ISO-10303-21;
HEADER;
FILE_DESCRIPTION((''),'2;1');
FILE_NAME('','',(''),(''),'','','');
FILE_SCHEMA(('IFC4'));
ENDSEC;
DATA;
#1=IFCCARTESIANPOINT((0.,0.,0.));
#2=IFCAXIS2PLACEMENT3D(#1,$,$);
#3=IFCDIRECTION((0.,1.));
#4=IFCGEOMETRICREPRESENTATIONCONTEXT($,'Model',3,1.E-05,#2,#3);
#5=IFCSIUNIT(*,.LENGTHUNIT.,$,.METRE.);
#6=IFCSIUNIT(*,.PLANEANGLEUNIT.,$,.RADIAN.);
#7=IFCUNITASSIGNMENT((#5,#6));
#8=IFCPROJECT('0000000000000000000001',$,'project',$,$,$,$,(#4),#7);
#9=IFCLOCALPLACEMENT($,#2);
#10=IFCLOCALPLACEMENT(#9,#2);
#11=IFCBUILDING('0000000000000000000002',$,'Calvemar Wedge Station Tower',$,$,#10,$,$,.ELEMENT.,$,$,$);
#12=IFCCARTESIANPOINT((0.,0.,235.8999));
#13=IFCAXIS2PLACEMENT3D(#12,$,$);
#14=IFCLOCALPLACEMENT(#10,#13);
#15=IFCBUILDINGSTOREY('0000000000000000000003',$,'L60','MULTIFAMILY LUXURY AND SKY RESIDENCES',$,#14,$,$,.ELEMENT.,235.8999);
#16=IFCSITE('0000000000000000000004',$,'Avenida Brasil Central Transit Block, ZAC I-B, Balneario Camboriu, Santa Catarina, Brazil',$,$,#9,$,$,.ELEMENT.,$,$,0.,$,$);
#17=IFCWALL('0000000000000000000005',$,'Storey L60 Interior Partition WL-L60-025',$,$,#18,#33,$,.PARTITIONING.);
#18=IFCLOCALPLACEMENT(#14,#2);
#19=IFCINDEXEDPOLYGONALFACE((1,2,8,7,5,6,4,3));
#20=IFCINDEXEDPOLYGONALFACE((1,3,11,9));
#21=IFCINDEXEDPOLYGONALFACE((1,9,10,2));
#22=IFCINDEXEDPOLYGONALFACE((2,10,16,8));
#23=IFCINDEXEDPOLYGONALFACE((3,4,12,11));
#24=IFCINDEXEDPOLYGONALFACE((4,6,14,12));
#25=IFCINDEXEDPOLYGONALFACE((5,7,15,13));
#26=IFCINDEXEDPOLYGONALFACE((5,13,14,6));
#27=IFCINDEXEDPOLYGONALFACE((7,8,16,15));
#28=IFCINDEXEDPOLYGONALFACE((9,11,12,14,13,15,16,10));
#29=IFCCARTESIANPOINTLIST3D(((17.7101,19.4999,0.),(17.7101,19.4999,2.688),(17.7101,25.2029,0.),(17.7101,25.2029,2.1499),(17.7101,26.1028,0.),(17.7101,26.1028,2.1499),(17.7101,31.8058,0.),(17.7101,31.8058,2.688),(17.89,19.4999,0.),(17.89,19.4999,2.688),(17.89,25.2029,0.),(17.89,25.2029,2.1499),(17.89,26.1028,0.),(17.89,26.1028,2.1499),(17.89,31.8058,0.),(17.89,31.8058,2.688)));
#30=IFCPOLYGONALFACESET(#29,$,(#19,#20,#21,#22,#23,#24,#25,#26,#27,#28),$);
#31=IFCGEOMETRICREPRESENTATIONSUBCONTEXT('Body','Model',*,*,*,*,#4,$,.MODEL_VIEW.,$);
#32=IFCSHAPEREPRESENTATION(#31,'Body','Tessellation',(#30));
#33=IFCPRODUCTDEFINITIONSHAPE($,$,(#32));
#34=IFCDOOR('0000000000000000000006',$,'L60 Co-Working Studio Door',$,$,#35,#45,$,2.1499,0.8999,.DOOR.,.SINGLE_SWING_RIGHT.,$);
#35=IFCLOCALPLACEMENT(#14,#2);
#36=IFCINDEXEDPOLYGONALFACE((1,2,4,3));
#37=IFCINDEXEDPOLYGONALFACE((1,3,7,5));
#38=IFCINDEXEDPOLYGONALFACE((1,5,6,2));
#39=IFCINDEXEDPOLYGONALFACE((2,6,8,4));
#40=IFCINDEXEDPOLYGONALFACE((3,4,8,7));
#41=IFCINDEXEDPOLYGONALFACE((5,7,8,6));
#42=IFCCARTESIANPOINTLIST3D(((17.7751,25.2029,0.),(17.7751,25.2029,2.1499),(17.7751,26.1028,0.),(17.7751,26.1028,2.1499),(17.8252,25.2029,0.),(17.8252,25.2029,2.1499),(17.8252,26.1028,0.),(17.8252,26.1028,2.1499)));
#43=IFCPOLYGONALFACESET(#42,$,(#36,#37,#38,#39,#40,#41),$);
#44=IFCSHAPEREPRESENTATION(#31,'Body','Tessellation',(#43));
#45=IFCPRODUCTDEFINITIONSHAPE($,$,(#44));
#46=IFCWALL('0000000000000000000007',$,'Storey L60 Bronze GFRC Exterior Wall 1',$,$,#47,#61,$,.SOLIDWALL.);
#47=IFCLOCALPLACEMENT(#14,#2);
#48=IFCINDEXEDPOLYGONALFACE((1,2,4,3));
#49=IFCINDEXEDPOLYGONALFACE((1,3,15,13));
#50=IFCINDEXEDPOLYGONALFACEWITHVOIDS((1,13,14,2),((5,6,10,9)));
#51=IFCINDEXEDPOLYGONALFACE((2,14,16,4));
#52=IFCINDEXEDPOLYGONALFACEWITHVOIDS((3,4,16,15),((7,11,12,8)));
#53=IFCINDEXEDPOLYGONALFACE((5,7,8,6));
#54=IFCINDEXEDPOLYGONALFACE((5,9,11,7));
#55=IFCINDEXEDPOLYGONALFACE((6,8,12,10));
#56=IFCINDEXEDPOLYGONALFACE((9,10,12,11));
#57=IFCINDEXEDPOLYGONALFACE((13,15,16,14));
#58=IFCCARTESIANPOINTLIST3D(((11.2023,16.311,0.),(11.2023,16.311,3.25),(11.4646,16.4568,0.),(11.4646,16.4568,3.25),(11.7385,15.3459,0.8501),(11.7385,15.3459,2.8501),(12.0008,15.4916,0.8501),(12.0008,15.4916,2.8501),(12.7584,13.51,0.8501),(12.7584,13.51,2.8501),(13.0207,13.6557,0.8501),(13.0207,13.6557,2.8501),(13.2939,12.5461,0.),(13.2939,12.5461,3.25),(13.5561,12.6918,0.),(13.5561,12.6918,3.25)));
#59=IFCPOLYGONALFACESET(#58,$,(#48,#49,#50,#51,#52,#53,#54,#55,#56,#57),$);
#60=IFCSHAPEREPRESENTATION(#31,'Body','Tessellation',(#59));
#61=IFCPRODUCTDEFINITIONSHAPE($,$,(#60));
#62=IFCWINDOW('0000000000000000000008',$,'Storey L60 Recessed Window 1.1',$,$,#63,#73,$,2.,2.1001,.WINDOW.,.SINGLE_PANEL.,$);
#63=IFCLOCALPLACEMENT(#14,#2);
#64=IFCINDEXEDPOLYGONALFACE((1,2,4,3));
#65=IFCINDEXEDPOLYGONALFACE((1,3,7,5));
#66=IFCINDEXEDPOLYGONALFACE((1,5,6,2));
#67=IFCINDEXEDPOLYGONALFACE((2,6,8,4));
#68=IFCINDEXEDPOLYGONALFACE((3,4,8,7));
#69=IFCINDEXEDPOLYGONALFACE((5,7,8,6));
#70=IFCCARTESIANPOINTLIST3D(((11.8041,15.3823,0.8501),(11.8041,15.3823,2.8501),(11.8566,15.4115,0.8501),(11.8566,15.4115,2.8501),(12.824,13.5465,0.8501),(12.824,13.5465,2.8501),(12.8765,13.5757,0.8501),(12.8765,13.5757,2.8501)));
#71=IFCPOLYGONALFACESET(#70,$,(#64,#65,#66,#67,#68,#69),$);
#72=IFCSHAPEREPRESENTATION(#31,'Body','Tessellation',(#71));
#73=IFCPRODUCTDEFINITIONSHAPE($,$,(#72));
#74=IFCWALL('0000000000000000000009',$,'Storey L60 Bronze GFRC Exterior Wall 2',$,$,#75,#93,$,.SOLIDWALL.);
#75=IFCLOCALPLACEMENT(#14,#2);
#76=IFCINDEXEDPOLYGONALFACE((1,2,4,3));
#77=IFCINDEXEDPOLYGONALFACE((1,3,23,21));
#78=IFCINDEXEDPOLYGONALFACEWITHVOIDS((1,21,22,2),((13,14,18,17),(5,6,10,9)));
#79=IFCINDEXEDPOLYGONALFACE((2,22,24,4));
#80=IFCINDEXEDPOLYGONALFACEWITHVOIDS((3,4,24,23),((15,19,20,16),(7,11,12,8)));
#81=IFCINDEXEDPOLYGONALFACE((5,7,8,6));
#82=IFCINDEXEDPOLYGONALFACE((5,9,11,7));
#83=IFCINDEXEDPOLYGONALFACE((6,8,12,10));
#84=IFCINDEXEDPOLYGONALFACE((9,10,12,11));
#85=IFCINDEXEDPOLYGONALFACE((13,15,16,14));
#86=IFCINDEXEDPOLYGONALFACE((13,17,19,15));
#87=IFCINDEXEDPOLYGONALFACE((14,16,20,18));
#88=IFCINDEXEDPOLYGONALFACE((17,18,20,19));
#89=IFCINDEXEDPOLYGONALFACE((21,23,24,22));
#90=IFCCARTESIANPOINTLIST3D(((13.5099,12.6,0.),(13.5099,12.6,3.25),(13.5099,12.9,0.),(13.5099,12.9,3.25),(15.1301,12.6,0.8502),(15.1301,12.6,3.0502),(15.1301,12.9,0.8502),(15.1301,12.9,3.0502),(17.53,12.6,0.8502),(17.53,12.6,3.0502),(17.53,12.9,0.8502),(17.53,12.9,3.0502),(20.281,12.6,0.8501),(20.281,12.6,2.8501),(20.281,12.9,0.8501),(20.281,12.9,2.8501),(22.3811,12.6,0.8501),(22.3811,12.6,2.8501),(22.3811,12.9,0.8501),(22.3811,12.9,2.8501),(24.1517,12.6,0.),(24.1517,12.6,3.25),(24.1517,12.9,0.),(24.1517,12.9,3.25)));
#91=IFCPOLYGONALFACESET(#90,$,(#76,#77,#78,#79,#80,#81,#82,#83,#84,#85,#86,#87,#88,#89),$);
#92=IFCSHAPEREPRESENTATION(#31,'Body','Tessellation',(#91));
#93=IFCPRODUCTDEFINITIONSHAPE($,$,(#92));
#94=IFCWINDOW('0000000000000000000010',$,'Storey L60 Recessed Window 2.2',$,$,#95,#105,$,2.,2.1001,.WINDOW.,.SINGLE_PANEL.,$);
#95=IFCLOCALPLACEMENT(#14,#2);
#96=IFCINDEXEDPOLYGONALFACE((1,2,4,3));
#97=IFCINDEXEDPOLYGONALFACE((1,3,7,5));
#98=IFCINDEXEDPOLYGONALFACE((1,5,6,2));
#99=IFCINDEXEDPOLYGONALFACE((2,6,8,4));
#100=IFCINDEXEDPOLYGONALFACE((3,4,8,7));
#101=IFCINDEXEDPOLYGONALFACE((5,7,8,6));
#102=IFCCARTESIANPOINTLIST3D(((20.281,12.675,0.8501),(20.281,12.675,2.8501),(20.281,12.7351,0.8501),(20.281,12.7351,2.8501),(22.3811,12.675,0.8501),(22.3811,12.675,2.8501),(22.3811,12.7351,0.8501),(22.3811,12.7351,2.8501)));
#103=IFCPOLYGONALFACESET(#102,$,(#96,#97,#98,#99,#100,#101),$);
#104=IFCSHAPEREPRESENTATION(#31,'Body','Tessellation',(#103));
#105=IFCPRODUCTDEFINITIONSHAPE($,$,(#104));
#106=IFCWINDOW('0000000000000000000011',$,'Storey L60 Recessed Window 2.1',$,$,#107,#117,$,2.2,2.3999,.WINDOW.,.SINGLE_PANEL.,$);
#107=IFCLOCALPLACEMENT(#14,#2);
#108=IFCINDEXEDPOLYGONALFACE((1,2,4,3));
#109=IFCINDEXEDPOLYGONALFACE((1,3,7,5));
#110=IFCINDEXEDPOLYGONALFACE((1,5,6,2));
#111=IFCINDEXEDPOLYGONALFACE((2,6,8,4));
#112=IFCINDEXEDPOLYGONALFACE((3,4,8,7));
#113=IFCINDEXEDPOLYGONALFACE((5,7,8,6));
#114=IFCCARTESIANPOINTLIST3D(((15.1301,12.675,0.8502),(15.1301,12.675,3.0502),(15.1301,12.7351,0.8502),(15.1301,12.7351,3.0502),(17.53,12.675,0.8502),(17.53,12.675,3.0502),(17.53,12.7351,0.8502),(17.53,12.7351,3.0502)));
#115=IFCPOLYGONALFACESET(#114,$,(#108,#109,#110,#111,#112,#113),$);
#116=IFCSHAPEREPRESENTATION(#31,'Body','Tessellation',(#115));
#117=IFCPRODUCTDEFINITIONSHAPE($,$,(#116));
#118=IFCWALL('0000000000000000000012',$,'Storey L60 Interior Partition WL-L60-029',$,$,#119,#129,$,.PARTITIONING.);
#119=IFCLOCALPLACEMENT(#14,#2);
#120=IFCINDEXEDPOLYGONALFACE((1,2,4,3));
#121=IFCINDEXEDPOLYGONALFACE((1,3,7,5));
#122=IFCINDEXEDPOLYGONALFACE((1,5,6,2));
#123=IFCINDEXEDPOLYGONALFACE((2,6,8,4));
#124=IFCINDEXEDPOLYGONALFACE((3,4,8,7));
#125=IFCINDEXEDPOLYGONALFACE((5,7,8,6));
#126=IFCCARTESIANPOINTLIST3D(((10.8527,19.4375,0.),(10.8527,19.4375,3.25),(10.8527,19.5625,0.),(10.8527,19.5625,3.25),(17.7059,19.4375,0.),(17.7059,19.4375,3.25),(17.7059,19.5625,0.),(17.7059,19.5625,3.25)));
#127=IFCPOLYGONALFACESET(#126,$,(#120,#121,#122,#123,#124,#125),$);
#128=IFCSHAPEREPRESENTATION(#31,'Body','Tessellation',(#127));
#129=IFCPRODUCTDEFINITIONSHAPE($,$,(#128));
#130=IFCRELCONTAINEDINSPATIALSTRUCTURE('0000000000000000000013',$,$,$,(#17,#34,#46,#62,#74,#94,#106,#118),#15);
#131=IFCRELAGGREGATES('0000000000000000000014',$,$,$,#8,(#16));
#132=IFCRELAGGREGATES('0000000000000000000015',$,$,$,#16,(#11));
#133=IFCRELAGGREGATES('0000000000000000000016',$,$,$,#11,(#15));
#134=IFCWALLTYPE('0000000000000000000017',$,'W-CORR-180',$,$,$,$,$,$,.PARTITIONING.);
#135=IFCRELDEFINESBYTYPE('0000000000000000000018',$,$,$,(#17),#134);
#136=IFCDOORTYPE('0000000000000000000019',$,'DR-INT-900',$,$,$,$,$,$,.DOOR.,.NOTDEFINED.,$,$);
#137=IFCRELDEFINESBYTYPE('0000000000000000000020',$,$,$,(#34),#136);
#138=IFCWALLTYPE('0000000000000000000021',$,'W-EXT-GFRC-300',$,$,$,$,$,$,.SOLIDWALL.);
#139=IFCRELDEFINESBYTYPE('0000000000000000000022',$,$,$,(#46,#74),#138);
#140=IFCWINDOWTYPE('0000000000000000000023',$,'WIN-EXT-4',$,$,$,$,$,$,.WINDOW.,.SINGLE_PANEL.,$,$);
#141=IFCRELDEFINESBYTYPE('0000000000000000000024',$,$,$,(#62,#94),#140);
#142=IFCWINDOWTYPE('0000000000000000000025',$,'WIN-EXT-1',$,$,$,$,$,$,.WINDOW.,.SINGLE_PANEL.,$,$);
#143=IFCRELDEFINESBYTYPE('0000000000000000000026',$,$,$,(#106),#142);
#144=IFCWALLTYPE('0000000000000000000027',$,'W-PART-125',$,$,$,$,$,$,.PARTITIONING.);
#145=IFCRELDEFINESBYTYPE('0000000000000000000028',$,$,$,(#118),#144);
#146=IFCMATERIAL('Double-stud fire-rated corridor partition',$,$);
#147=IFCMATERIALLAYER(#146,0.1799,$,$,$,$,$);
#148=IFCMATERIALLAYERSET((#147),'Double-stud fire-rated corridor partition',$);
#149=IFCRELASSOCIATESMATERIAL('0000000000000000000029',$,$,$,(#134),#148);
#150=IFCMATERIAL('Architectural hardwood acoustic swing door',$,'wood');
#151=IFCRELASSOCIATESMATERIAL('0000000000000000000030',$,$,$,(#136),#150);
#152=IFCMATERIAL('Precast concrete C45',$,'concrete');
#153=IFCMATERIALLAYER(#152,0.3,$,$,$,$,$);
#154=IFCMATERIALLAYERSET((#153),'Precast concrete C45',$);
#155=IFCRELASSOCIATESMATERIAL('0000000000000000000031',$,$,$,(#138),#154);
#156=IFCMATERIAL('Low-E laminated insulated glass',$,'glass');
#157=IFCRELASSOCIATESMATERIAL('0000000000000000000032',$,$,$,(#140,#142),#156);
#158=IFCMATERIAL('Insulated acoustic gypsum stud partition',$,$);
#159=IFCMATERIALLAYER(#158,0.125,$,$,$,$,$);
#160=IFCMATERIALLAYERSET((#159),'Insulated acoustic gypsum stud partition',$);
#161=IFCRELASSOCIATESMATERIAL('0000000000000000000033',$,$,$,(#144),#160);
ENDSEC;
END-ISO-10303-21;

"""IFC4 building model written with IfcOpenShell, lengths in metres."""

from ifc_helpers import new_model, si_unit, direction, frame, frame_2d, origin, place, context, subcontext, project, spatial, rectangle, extrude, source, transform, mapped, material, layer, layer_set, type_object, element, fill, save


model = new_model("IFC4")

# Units and contexts
model_context = context("Model", 3, precision=1e-05, world=origin(), true_north=direction((0.0, 1.0)))
body_context = subcontext(model_context, "Body", "Model", "MODEL_VIEW")
ifc_project = project(units=[si_unit("LENGTHUNIT", "METRE"), si_unit("PLANEANGLEUNIT", "RADIAN")], contexts=[model_context])

# Site, building, storey
site_placement = place(None, origin())
site = spatial("IfcSite", under=ifc_project, at=site_placement, Name="Avenida Brasil Central Transit Block, ZAC I-B, Balneario Camboriu, Santa Catarina, Brazil", CompositionType="ELEMENT", RefElevation=0.0)
building_placement = place(site_placement, origin())
building = spatial("IfcBuilding", under=site, at=building_placement, Name="Calvemar Wedge Station Tower", CompositionType="ELEMENT")
storey_placement = place(building_placement, frame((0.0, 0.0, 235.8999)))
storey = spatial("IfcBuildingStorey", under=building, at=storey_placement, Name="L60", Description="MULTIFAMILY LUXURY AND SKY RESIDENCES", CompositionType="ELEMENT", Elevation=235.8999)

# Shared definitions
ifc_material_1 = material(Name="Precast concrete C45", Category="concrete")

# Wall, opening, door
ifc_material_2 = material(Name="Double-stud fire-rated corridor partition")
ifc_layer_1 = layer(ifc_material_2, 0.1799)
ifc_layer_set_1 = layer_set([ifc_layer_1], Name="Double-stud fire-rated corridor partition")
wall_type_1 = type_object("IfcWallType", Name="W-CORR-180", PredefinedType="PARTITIONING", material=ifc_layer_set_1)
wall_1_placement = place(storey_placement, frame((17.8, 19.5, 0.0), z_axis=(0.0, 0.0, 1.0), x_axis=(0.0, 1.0, 0.0)))
wall_1 = element("IfcWall", 1, at=wall_1_placement, inside=storey, type_object=wall_type_1, Name="Storey L60 Interior Partition WL-L60-025", PredefinedType="PARTITIONING", context=body_context, shape_type="SweptSolid", body=[
    extrude(rectangle(XDim=12.3059, YDim=0.1799, at=frame_2d((6.1528, 0.0))), origin(), (0.0, 0.0, 1.0), 2.688),
])
shared_shape_1 = source(origin(), body_context, "Body", "SweptSolid", [
    extrude(rectangle(XDim=0.8999, YDim=2.1499, at=frame_2d((0.45, 1.075))), frame((0.0, 0.1001, 0.0), z_axis=(0.0, -1.0, 0.0), x_axis=(1.0, 0.0, 0.0)), (0.0, 0.0, 1.0), 0.2),
])
opening_1_placement = place(wall_1_placement, frame((5.7029, 0.0, 0.0)))
opening_1 = element("IfcOpeningElement", 2, at=opening_1_placement, cuts=wall_1, PredefinedType="OPENING", context=body_context, shape_type="MappedRepresentation", body=[
    mapped(shared_shape_1, transform((0.0, 0.0, 0.0), scale=1.0)),
])
ifc_material_3 = material(Name="Architectural hardwood acoustic swing door", Category="wood")
door_type_1 = type_object("IfcDoorType", Name="DR-INT-900", OperationType="NOTDEFINED", PredefinedType="DOOR", material=ifc_material_3)
shared_shape_2 = source(origin(), body_context, "Body", "SweptSolid", [
    extrude(rectangle(XDim=0.8999, YDim=2.1499, at=frame_2d((0.45, 1.075))), frame((0.0, 0.0249, 0.0), z_axis=(0.0, -1.0, 0.0), x_axis=(1.0, 0.0, 0.0)), (0.0, 0.0, 1.0), 0.05),
])
door_1_placement = place(opening_1_placement, origin())
door_1 = element("IfcDoor", 3, at=door_1_placement, inside=storey, type_object=door_type_1, Name="L60 Co-Working Studio Door", OperationType="SINGLE_SWING_RIGHT", OverallHeight=2.1499, OverallWidth=0.8999, PredefinedType="DOOR", context=body_context, shape_type="MappedRepresentation", body=[
    mapped(shared_shape_2, transform((0.0, 0.0, 0.0), scale=1.0)),
])
fill(opening_1, door_1)

# Wall, opening, window
ifc_layer_2 = layer(ifc_material_1, 0.3)
ifc_layer_set_2 = layer_set([ifc_layer_2], Name="Precast concrete C45")
wall_type_2 = type_object("IfcWallType", Name="W-EXT-GFRC-300", PredefinedType="SOLIDWALL", material=ifc_layer_set_2)
wall_2_placement = place(storey_placement, frame((11.3335, 16.3838, 0.0), z_axis=(0.0, 0.0, 1.0), x_axis=(0.485633, -0.874163, 0.0)))
wall_2 = element("IfcWall", 4, at=wall_2_placement, inside=storey, type_object=wall_type_2, Name="Storey L60 Bronze GFRC Exterior Wall 1", PredefinedType="SOLIDWALL", context=body_context, shape_type="SweptSolid", body=[
    extrude(rectangle(XDim=4.3069, YDim=0.3, at=frame_2d((2.1533, 0.0))), origin(), (0.0, 0.0, 1.0), 3.25),
])
shared_shape_3 = source(origin(), body_context, "Body", "SweptSolid", [
    extrude(rectangle(XDim=2.1001, YDim=2.0, at=frame_2d((1.05, 1.0))), frame((0.0, 0.1602, 0.0), z_axis=(0.0, -1.0, 0.0), x_axis=(1.0, 0.0, 0.0)), (0.0, 0.0, 1.0), 0.3201),
])
opening_2_placement = place(wall_2_placement, frame((1.104, 0.0, 0.8501)))
opening_2 = element("IfcOpeningElement", 5, at=opening_2_placement, cuts=wall_2, PredefinedType="OPENING", context=body_context, shape_type="MappedRepresentation", body=[
    mapped(shared_shape_3, transform((0.0, 0.0, 0.0), scale=1.0)),
])
ifc_material_4 = material(Name="Low-E laminated insulated glass", Category="glass")
window_type_1 = type_object("IfcWindowType", Name="WIN-EXT-4", PartitioningType="SINGLE_PANEL", PredefinedType="WINDOW", material=ifc_material_4)
shared_shape_4 = source(origin(), body_context, "Body", "SweptSolid", [
    extrude(rectangle(XDim=2.1001, YDim=2.0, at=frame_2d((1.05, 1.0))), frame((0.0, -0.0149, 0.0), z_axis=(0.0, -1.0, 0.0), x_axis=(1.0, 0.0, 0.0)), (0.0, 0.0, 1.0), 0.0601),
])
window_1_placement = place(opening_2_placement, origin())
window_1 = element("IfcWindow", 6, at=window_1_placement, inside=storey, type_object=window_type_1, Name="Storey L60 Recessed Window 1.1", OverallHeight=2.0, OverallWidth=2.1001, PartitioningType="SINGLE_PANEL", PredefinedType="WINDOW", context=body_context, shape_type="MappedRepresentation", body=[
    mapped(shared_shape_4, transform((0.0, 0.0, 0.0), scale=1.0)),
])
fill(opening_2, window_1)

# Wall, openings, windows
wall_3_placement = place(storey_placement, frame((13.51, 12.75, 0.0), z_axis=(0.0, 0.0, 1.0), x_axis=(1.0, 0.0, 0.0)))
wall_3 = element("IfcWall", 7, at=wall_3_placement, inside=storey, type_object=wall_type_2, Name="Storey L60 Bronze GFRC Exterior Wall 2", PredefinedType="SOLIDWALL", context=body_context, shape_type="SweptSolid", body=[
    extrude(rectangle(XDim=10.6418, YDim=0.3, at=frame_2d((5.3208, 0.0))), origin(), (0.0, 0.0, 1.0), 3.25),
])
shared_shape_5 = source(origin(), body_context, "Body", "SweptSolid", [
    extrude(rectangle(XDim=2.3999, YDim=2.2, at=frame_2d((1.2, 1.1001))), frame((0.0, 0.1602, 0.0), z_axis=(0.0, -1.0, 0.0), x_axis=(1.0, 0.0, 0.0)), (0.0, 0.0, 1.0), 0.3201),
])
opening_3_placement = place(wall_3_placement, frame((1.6201, 0.0, 0.8501)))
opening_3 = element("IfcOpeningElement", 8, at=opening_3_placement, cuts=wall_3, PredefinedType="OPENING", context=body_context, shape_type="MappedRepresentation", body=[
    mapped(shared_shape_5, transform((0.0, 0.0, 0.0), scale=1.0)),
])
opening_4_placement = place(wall_3_placement, frame((6.771, 0.0, 0.8501)))
opening_4 = element("IfcOpeningElement", 9, at=opening_4_placement, cuts=wall_3, PredefinedType="OPENING", context=body_context, shape_type="MappedRepresentation", body=[
    mapped(shared_shape_3, transform((0.0, 0.0, 0.0), scale=1.0)),
])
window_2_placement = place(opening_4_placement, origin())
window_2 = element("IfcWindow", 10, at=window_2_placement, inside=storey, type_object=window_type_1, Name="Storey L60 Recessed Window 2.2", OverallHeight=2.0, OverallWidth=2.1001, PartitioningType="SINGLE_PANEL", PredefinedType="WINDOW", context=body_context, shape_type="MappedRepresentation", body=[
    mapped(shared_shape_4, transform((0.0, 0.0, 0.0), scale=1.0)),
])
fill(opening_4, window_2)
window_type_2 = type_object("IfcWindowType", Name="WIN-EXT-1", PartitioningType="SINGLE_PANEL", PredefinedType="WINDOW", material=ifc_material_4)
shared_shape_6 = source(origin(), body_context, "Body", "SweptSolid", [
    extrude(rectangle(XDim=2.3999, YDim=2.2, at=frame_2d((1.2, 1.1001))), frame((0.0, -0.0149, 0.0), z_axis=(0.0, -1.0, 0.0), x_axis=(1.0, 0.0, 0.0)), (0.0, 0.0, 1.0), 0.0601),
])
window_3_placement = place(opening_3_placement, origin())
window_3 = element("IfcWindow", 11, at=window_3_placement, inside=storey, type_object=window_type_2, Name="Storey L60 Recessed Window 2.1", OverallHeight=2.2, OverallWidth=2.3999, PartitioningType="SINGLE_PANEL", PredefinedType="WINDOW", context=body_context, shape_type="MappedRepresentation", body=[
    mapped(shared_shape_6, transform((0.0, 0.0, 0.0), scale=1.0)),
])
fill(opening_3, window_3)

# Wall
ifc_material_5 = material(Name="Insulated acoustic gypsum stud partition")
ifc_layer_3 = layer(ifc_material_5, 0.125)
ifc_layer_set_3 = layer_set([ifc_layer_3], Name="Insulated acoustic gypsum stud partition")
wall_type_3 = type_object("IfcWallType", Name="W-PART-125", PredefinedType="PARTITIONING", material=ifc_layer_set_3)
wall_4_placement = place(storey_placement, frame((17.7061, 19.5, 0.0), z_axis=(0.0, 0.0, 1.0), x_axis=(-1.0, 0.0, 0.0)))
element("IfcWall", 12, at=wall_4_placement, inside=storey, type_object=wall_type_3, Name="Storey L60 Interior Partition WL-L60-029", PredefinedType="PARTITIONING", context=body_context, shape_type="SweptSolid", body=[
    extrude(rectangle(XDim=6.8533, YDim=0.125, at=frame_2d((3.4268, 0.0))), origin(), (0.0, 0.0, 1.0), 3.25),
])

save(model, "model.ifc")
